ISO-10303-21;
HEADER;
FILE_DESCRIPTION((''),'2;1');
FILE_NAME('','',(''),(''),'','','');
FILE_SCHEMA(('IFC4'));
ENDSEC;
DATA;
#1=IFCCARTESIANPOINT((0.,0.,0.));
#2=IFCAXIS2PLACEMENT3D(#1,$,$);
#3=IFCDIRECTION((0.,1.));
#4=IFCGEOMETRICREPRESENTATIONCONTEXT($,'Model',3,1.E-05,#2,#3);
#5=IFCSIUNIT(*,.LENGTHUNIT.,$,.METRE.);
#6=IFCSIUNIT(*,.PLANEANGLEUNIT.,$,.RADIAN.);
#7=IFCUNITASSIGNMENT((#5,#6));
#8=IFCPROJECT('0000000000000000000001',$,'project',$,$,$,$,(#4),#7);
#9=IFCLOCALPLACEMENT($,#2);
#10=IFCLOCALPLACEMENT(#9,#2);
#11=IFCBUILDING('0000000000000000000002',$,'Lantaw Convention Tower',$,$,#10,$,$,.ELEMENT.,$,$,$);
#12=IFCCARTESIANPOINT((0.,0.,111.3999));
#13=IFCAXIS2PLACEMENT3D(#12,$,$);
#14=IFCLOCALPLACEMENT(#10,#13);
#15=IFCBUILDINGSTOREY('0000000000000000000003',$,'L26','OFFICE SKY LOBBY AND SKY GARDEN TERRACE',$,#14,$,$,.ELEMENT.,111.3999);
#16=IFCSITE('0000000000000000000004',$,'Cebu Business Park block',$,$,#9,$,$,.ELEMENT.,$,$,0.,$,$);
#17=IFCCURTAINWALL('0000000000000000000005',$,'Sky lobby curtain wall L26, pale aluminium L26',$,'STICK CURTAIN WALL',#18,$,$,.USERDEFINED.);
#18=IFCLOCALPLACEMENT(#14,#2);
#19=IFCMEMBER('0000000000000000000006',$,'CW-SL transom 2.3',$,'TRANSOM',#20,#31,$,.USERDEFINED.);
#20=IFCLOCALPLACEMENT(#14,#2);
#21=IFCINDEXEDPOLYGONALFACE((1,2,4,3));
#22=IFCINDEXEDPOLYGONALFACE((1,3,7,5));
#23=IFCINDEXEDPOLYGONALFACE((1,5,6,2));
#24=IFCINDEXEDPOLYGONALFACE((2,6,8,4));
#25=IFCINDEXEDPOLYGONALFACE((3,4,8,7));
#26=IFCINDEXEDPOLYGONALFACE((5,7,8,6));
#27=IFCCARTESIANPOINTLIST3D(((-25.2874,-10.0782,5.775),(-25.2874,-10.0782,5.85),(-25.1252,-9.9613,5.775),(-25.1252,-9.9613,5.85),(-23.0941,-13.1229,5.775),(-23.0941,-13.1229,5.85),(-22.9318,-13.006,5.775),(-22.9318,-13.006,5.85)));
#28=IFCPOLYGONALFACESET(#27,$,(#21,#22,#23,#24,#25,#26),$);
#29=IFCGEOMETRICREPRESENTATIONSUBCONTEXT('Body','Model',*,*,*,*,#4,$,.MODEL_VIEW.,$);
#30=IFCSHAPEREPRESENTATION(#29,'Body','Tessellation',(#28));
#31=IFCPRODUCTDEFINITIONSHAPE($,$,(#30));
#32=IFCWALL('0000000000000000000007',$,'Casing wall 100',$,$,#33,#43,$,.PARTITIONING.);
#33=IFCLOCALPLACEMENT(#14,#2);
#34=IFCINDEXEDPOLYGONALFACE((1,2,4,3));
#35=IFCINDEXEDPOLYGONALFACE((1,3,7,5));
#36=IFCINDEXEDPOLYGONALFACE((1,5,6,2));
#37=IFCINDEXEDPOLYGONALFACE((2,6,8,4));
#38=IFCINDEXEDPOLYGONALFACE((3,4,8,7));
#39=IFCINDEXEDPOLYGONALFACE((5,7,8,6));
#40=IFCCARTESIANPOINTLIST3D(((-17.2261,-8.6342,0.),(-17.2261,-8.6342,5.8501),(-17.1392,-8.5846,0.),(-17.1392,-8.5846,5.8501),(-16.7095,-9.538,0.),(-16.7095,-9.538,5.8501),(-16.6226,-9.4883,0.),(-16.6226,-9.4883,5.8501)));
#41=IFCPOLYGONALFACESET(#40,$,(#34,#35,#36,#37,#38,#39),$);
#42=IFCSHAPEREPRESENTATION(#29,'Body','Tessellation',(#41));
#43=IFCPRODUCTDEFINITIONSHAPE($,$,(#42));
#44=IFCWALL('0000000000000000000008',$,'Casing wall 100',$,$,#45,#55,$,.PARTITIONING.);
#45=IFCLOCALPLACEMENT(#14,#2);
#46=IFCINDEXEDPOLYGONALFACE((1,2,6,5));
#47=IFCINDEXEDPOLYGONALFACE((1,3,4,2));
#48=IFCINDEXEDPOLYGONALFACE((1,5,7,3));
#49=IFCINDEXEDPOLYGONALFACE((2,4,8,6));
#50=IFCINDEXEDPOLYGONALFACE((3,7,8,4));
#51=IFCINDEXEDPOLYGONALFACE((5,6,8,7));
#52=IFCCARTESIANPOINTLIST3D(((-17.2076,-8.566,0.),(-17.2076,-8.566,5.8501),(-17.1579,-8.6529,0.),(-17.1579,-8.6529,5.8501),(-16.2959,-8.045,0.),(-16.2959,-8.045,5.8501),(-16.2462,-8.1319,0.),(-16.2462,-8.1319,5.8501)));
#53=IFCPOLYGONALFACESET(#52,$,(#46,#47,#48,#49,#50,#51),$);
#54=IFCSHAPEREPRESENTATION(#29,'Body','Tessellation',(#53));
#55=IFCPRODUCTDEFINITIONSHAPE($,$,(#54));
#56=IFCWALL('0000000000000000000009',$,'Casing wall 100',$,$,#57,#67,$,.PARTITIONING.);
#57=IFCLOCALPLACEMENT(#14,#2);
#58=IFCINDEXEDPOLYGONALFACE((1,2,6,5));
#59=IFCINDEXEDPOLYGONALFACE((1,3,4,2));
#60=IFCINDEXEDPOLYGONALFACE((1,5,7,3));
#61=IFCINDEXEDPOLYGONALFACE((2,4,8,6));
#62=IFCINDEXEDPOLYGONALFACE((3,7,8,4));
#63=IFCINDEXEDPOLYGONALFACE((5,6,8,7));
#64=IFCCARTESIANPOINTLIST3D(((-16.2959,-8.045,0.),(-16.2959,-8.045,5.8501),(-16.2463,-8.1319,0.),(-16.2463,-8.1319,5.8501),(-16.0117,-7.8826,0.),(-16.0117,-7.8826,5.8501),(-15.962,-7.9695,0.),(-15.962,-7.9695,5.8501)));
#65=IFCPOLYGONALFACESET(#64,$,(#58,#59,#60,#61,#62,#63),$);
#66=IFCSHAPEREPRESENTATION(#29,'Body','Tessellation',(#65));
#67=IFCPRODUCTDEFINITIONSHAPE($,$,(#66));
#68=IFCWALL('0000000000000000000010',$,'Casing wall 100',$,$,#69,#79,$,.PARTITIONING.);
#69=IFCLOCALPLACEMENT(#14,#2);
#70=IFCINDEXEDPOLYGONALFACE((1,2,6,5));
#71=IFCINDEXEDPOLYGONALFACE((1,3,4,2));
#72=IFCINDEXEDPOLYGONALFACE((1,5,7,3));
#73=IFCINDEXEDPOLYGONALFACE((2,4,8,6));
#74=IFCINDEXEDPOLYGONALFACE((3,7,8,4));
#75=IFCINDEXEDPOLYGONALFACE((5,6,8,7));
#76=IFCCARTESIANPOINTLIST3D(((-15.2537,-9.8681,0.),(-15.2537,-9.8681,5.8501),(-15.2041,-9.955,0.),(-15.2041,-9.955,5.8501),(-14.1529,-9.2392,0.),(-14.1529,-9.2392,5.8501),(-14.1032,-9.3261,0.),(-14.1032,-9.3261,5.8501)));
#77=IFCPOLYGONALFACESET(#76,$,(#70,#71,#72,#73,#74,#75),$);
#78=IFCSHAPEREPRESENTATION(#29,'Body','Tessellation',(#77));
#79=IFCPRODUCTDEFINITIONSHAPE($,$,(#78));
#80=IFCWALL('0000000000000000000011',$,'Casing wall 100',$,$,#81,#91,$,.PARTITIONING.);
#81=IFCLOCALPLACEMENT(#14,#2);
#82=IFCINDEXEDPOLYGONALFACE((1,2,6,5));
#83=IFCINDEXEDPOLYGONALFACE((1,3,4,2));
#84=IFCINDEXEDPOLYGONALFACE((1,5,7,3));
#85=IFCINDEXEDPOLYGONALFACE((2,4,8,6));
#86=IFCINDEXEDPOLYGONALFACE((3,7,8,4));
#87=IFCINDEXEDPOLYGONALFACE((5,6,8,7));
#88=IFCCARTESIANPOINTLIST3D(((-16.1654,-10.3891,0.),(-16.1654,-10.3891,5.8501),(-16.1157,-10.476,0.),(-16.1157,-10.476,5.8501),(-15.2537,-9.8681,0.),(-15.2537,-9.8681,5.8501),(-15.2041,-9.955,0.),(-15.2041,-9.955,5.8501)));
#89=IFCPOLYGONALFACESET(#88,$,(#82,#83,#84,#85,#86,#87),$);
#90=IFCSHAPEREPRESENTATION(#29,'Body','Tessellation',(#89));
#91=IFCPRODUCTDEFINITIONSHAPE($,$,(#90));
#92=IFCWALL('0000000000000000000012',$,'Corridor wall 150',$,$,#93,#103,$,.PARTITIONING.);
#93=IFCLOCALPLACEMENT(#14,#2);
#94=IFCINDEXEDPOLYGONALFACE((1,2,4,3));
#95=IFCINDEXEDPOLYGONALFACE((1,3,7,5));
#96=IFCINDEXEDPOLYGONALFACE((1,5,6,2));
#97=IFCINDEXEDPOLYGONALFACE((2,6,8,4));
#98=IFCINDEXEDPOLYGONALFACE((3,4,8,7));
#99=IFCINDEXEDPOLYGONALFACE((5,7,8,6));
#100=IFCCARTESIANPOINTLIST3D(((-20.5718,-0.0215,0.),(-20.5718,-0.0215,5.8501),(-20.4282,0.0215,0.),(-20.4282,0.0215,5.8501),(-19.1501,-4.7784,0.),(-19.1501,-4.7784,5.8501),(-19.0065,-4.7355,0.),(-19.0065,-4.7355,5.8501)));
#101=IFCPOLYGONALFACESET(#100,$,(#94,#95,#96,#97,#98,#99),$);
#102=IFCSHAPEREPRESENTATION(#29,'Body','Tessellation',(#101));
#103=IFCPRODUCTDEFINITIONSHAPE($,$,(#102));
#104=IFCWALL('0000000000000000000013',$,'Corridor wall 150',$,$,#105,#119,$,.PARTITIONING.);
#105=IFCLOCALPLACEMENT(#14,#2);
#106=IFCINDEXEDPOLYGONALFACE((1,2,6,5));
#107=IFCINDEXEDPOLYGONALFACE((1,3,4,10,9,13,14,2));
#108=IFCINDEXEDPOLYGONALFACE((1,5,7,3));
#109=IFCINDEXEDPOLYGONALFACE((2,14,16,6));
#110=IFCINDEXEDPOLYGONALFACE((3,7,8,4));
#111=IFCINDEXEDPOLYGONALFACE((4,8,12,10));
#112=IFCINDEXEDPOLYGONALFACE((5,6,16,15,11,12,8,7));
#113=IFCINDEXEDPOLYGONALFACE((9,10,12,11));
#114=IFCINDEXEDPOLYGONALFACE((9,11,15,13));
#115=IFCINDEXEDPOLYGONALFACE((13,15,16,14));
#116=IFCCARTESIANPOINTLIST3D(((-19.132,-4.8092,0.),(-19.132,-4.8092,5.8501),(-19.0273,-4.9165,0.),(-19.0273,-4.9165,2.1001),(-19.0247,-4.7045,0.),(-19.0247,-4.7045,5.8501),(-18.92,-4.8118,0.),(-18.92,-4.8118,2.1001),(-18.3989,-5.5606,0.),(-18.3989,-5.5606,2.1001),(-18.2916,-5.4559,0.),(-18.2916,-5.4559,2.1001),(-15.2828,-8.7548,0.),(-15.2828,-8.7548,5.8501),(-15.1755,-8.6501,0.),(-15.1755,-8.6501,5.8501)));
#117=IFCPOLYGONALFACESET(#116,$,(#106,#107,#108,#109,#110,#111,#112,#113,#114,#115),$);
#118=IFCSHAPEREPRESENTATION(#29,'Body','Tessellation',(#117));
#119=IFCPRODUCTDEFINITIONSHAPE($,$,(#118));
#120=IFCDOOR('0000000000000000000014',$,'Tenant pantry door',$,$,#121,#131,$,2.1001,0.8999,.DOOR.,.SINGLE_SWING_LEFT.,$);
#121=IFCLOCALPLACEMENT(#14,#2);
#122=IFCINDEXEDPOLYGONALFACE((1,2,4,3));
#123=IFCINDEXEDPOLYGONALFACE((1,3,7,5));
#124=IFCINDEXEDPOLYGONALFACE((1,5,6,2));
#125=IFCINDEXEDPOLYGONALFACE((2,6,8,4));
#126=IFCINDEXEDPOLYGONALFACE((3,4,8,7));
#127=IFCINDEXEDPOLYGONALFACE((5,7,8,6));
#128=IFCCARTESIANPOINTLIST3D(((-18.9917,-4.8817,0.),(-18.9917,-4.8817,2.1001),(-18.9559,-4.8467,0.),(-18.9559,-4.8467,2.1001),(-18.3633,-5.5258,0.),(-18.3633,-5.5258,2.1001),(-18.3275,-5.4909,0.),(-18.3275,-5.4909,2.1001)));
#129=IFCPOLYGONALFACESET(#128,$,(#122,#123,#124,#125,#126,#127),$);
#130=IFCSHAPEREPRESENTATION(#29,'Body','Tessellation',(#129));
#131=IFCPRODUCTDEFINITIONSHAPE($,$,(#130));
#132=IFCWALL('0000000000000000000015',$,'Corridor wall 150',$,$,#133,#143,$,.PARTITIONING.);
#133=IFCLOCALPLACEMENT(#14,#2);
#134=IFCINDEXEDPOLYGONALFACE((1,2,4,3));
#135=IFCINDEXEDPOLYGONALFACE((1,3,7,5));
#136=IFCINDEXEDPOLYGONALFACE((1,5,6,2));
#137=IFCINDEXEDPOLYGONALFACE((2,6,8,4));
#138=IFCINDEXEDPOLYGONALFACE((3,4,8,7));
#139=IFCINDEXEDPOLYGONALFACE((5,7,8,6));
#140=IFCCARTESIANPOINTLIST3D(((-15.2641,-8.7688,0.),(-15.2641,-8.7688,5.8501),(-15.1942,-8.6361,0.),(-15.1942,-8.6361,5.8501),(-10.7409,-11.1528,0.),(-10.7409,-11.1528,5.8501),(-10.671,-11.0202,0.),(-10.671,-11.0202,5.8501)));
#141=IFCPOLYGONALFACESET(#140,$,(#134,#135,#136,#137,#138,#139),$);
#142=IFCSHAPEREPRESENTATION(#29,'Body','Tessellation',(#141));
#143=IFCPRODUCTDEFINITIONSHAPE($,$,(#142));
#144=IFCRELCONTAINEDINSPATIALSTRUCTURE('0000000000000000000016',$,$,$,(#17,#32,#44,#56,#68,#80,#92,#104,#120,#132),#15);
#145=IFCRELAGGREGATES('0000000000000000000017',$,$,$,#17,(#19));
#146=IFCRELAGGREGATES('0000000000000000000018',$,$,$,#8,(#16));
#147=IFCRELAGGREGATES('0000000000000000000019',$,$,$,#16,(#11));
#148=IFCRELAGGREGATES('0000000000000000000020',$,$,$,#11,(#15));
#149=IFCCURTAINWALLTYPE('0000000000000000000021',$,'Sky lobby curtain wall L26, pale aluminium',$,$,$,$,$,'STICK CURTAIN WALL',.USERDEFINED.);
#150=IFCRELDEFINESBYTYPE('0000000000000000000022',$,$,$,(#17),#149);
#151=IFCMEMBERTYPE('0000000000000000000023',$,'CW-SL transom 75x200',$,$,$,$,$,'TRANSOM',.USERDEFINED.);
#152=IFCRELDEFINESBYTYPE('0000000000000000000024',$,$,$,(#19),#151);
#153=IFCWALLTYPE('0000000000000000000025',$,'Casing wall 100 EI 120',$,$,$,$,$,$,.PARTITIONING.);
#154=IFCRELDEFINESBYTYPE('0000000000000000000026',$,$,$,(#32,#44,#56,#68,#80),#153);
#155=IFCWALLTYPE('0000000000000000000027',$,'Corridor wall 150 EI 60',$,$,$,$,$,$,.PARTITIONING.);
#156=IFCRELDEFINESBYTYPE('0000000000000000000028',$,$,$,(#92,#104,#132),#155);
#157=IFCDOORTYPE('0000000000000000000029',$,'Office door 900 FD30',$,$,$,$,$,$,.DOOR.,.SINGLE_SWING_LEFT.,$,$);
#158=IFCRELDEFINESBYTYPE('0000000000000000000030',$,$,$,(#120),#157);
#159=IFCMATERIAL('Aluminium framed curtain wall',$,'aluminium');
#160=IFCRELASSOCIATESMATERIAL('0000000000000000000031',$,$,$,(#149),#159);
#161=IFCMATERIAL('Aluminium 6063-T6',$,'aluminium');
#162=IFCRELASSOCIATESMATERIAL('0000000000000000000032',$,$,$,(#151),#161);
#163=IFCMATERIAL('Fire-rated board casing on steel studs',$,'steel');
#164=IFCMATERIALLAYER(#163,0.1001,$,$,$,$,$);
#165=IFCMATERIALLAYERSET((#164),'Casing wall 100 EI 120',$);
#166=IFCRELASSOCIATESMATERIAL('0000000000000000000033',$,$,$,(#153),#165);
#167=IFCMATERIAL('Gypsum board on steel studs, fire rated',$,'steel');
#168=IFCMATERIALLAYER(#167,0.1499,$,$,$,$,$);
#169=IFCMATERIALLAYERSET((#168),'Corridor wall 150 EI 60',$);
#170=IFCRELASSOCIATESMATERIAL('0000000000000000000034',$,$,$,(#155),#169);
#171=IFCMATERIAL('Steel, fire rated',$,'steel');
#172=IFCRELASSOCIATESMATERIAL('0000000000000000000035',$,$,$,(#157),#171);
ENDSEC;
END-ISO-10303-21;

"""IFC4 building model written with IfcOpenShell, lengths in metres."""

from ifc_helpers import new_model, si_unit, direction, frame, frame_2d, origin, origin_2d, place, context, subcontext, project, spatial, rectangle, extrude, material, layer, layer_set, material_profile, profile_set, type_object, element, fill, aggregate, save


model = new_model("IFC4")

# Units and contexts
model_context = context("Model", 3, precision=1e-05, world=origin(), true_north=direction((0.0, 1.0)))
body_context = subcontext(model_context, "Body", "Model", "MODEL_VIEW")
ifc_project = project(units=[si_unit("LENGTHUNIT", "METRE"), si_unit("PLANEANGLEUNIT", "RADIAN")], contexts=[model_context])

# Site, building, storey
site_placement = place(None, origin())
site = spatial("IfcSite", under=ifc_project, at=site_placement, Name="Cebu Business Park block", CompositionType="ELEMENT", RefElevation=0.0)
building_placement = place(site_placement, origin())
building = spatial("IfcBuilding", under=site, at=building_placement, Name="Lantaw Convention Tower", CompositionType="ELEMENT")
storey_placement = place(building_placement, frame((0.0, 0.0, 111.3999)))
storey = spatial("IfcBuildingStorey", under=building, at=storey_placement, Name="L26", Description="OFFICE SKY LOBBY AND SKY GARDEN TERRACE", CompositionType="ELEMENT", Elevation=111.3999)

# Curtain wall, member
ifc_material_1 = material(Name="Aluminium framed curtain wall", Category="aluminium")
curtain_wall_type = type_object("IfcCurtainWallType", Name="Sky lobby curtain wall L26, pale aluminium", ElementType="STICK CURTAIN WALL", PredefinedType="USERDEFINED", material=ifc_material_1)
curtain_wall_placement = place(storey_placement, origin())
curtain_wall = element("IfcCurtainWall", 1, at=curtain_wall_placement, inside=storey, type_object=curtain_wall_type, Name="Sky lobby curtain wall L26, pale aluminium L26", ObjectType="STICK CURTAIN WALL", PredefinedType="USERDEFINED")
ifc_material_2 = material(Name="Aluminium 6063-T6", Category="aluminium")
ifc_material_profile_1 = material_profile(ifc_material_2, rectangle(XDim=0.2, YDim=0.075, at=origin_2d()), Name="CW-SL transom 75x200")
ifc_profile_set_1 = profile_set([ifc_material_profile_1], Name="Aluminium 6063-T6")
member_type_1 = type_object("IfcMemberType", Name="CW-SL transom 75x200", ElementType="TRANSOM", PredefinedType="USERDEFINED", material=ifc_profile_set_1)
member_1_placement = place(storey_placement, frame((-25.2063, -10.0198, 5.8125), z_axis=(0.584514, -0.811384, 0.0), x_axis=(0.811384, 0.584514, 0.0)))
member_1 = element("IfcMember", 2, at=member_1_placement, type_object=member_type_1, Name="CW-SL transom 2.3", ObjectType="TRANSOM", PredefinedType="USERDEFINED", context=body_context, shape_type="SweptSolid", body=[
    extrude(rectangle(XDim=0.2, YDim=0.075, at=origin_2d()), origin(), (0.0, 0.0, 1.0), 3.7524),
])
aggregate(curtain_wall, [member_1])

# Walls
ifc_material_3 = material(Name="Fire-rated board casing on steel studs", Category="steel")
ifc_layer_1 = layer(ifc_material_3, 0.1001)
ifc_layer_set_1 = layer_set([ifc_layer_1], Name="Casing wall 100 EI 120")
wall_type_1 = type_object("IfcWallType", Name="Casing wall 100 EI 120", PredefinedType="PARTITIONING", material=ifc_layer_set_1)
wall_1_placement = place(storey_placement, frame((-16.666, -9.5132, 0.0), z_axis=(0.0, 0.0, 1.0), x_axis=(-0.49624, 0.868185, 0.0)))
element("IfcWall", 3, at=wall_1_placement, inside=storey, type_object=wall_type_1, Name="Casing wall 100", PredefinedType="PARTITIONING", context=body_context, shape_type="SweptSolid", body=[
    extrude(rectangle(XDim=1.041, YDim=0.1001, at=frame_2d((0.5205, 0.0))), origin(), (0.0, 0.0, 1.0), 5.8501),
])
wall_2_placement = place(storey_placement, frame((-17.1826, -8.6094, 0.0), z_axis=(0.0, 0.0, 1.0), x_axis=(0.868215, 0.496189, 0.0)))
element("IfcWall", 4, at=wall_2_placement, inside=storey, type_object=wall_type_1, Name="Casing wall 100", PredefinedType="PARTITIONING", context=body_context, shape_type="SweptSolid", body=[
    extrude(rectangle(XDim=1.05, YDim=0.1001, at=frame_2d((0.5249, 0.0))), origin(), (0.0, 0.0, 1.0), 5.8501),
])
wall_3_placement = place(storey_placement, frame((-16.271, -8.0884, 0.0), z_axis=(0.0, 0.0, 1.0), x_axis=(0.868289, 0.496059, 0.0)))
element("IfcWall", 5, at=wall_3_placement, inside=storey, type_object=wall_type_1, Name="Casing wall 100", PredefinedType="PARTITIONING", context=body_context, shape_type="SweptSolid", body=[
    extrude(rectangle(XDim=0.3274, YDim=0.1001, at=frame_2d((0.1636, 0.0))), origin(), (0.0, 0.0, 1.0), 5.8501),
])
wall_4_placement = place(storey_placement, frame((-14.1282, -9.2827, 0.0), z_axis=(0.0, 0.0, 1.0), x_axis=(-0.868291, -0.496056, 0.0)))
element("IfcWall", 6, at=wall_4_placement, inside=storey, type_object=wall_type_1, Name="Casing wall 100", PredefinedType="PARTITIONING", context=body_context, shape_type="SweptSolid", body=[
    extrude(rectangle(XDim=1.2678, YDim=0.1001, at=frame_2d((0.6338, 0.0))), origin(), (0.0, 0.0, 1.0), 5.8501),
])
wall_5_placement = place(storey_placement, frame((-15.229, -9.9116, 0.0), z_axis=(0.0, 0.0, 1.0), x_axis=(-0.868215, -0.496189, 0.0)))
element("IfcWall", 7, at=wall_5_placement, inside=storey, type_object=wall_type_1, Name="Casing wall 100", PredefinedType="PARTITIONING", context=body_context, shape_type="SweptSolid", body=[
    extrude(rectangle(XDim=1.05, YDim=0.1001, at=frame_2d((0.5249, 0.0))), origin(), (0.0, 0.0, 1.0), 5.8501),
])
ifc_material_4 = material(Name="Gypsum board on steel studs, fire rated", Category="steel")
ifc_layer_2 = layer(ifc_material_4, 0.1499)
ifc_layer_set_2 = layer_set([ifc_layer_2], Name="Corridor wall 150 EI 60")
wall_type_2 = type_object("IfcWallType", Name="Corridor wall 150 EI 60", PredefinedType="PARTITIONING", material=ifc_layer_set_2)
wall_6_placement = place(storey_placement, frame((-20.5, 0.0, 0.0), z_axis=(0.0, 0.0, 1.0), x_axis=(0.286346, -0.958126, 0.0)))
element("IfcWall", 8, at=wall_6_placement, inside=storey, type_object=wall_type_2, Name="Corridor wall 150", PredefinedType="PARTITIONING", context=body_context, shape_type="SweptSolid", body=[
    extrude(rectangle(XDim=4.9648, YDim=0.1499, at=frame_2d((2.4824, 0.0))), origin(), (0.0, 0.0, 1.0), 5.8501),
])

# Wall, opening, door
wall_7_placement = place(storey_placement, frame((-19.0784, -4.7568, 0.0), z_axis=(0.0, 0.0, 1.0), x_axis=(0.698305, -0.7158, 0.0)))
wall_7 = element("IfcWall", 9, at=wall_7_placement, inside=storey, type_object=wall_type_2, Name="Corridor wall 150", PredefinedType="PARTITIONING", context=body_context, shape_type="SweptSolid", body=[
    extrude(rectangle(XDim=5.5122, YDim=0.1499, at=frame_2d((2.7561, 0.0))), origin(), (0.0, 0.0, 1.0), 5.8501),
])
opening_placement = place(wall_7_placement, frame((0.1499, 0.0, 0.0)))
opening = element("IfcOpeningElement", 10, at=opening_placement, cuts=wall_7, PredefinedType="OPENING", context=body_context, shape_type="SweptSolid", body=[
    extrude(rectangle(XDim=0.8999, YDim=2.1001, at=frame_2d((0.45, 1.05))), frame((0.0, 0.085, 0.0), z_axis=(0.0, -1.0, 0.0), x_axis=(1.0, 0.0, 0.0)), (0.0, 0.0, 1.0), 0.1699),
])
ifc_material_5 = material(Name="Steel, fire rated", Category="steel")
door_type = type_object("IfcDoorType", Name="Office door 900 FD30", OperationType="SINGLE_SWING_LEFT", PredefinedType="DOOR", material=ifc_material_5)
door_placement = place(opening_placement, origin())
door = element("IfcDoor", 11, at=door_placement, inside=storey, type_object=door_type, Name="Tenant pantry door", OperationType="SINGLE_SWING_LEFT", OverallHeight=2.1001, OverallWidth=0.8999, PredefinedType="DOOR", context=body_context, shape_type="SweptSolid", body=[
    extrude(rectangle(XDim=0.8999, YDim=2.1001, at=frame_2d((0.45, 1.05))), frame((0.0, 0.0249, 0.0), z_axis=(0.0, -1.0, 0.0), x_axis=(1.0, 0.0, 0.0)), (0.0, 0.0, 1.0), 0.05),
])
fill(opening, door)

# Wall
wall_8_placement = place(storey_placement, frame((-15.2292, -8.7024, 0.0), z_axis=(0.0, 0.0, 1.0), x_axis=(0.884644, -0.466268, 0.0)))
element("IfcWall", 12, at=wall_8_placement, inside=storey, type_object=wall_type_2, Name="Corridor wall 150", PredefinedType="PARTITIONING", context=body_context, shape_type="SweptSolid", body=[
    extrude(rectangle(XDim=5.113, YDim=0.1499, at=frame_2d((2.5566, 0.0))), origin(), (0.0, 0.0, 1.0), 5.8501),
])

save(model, "model.ifc")
